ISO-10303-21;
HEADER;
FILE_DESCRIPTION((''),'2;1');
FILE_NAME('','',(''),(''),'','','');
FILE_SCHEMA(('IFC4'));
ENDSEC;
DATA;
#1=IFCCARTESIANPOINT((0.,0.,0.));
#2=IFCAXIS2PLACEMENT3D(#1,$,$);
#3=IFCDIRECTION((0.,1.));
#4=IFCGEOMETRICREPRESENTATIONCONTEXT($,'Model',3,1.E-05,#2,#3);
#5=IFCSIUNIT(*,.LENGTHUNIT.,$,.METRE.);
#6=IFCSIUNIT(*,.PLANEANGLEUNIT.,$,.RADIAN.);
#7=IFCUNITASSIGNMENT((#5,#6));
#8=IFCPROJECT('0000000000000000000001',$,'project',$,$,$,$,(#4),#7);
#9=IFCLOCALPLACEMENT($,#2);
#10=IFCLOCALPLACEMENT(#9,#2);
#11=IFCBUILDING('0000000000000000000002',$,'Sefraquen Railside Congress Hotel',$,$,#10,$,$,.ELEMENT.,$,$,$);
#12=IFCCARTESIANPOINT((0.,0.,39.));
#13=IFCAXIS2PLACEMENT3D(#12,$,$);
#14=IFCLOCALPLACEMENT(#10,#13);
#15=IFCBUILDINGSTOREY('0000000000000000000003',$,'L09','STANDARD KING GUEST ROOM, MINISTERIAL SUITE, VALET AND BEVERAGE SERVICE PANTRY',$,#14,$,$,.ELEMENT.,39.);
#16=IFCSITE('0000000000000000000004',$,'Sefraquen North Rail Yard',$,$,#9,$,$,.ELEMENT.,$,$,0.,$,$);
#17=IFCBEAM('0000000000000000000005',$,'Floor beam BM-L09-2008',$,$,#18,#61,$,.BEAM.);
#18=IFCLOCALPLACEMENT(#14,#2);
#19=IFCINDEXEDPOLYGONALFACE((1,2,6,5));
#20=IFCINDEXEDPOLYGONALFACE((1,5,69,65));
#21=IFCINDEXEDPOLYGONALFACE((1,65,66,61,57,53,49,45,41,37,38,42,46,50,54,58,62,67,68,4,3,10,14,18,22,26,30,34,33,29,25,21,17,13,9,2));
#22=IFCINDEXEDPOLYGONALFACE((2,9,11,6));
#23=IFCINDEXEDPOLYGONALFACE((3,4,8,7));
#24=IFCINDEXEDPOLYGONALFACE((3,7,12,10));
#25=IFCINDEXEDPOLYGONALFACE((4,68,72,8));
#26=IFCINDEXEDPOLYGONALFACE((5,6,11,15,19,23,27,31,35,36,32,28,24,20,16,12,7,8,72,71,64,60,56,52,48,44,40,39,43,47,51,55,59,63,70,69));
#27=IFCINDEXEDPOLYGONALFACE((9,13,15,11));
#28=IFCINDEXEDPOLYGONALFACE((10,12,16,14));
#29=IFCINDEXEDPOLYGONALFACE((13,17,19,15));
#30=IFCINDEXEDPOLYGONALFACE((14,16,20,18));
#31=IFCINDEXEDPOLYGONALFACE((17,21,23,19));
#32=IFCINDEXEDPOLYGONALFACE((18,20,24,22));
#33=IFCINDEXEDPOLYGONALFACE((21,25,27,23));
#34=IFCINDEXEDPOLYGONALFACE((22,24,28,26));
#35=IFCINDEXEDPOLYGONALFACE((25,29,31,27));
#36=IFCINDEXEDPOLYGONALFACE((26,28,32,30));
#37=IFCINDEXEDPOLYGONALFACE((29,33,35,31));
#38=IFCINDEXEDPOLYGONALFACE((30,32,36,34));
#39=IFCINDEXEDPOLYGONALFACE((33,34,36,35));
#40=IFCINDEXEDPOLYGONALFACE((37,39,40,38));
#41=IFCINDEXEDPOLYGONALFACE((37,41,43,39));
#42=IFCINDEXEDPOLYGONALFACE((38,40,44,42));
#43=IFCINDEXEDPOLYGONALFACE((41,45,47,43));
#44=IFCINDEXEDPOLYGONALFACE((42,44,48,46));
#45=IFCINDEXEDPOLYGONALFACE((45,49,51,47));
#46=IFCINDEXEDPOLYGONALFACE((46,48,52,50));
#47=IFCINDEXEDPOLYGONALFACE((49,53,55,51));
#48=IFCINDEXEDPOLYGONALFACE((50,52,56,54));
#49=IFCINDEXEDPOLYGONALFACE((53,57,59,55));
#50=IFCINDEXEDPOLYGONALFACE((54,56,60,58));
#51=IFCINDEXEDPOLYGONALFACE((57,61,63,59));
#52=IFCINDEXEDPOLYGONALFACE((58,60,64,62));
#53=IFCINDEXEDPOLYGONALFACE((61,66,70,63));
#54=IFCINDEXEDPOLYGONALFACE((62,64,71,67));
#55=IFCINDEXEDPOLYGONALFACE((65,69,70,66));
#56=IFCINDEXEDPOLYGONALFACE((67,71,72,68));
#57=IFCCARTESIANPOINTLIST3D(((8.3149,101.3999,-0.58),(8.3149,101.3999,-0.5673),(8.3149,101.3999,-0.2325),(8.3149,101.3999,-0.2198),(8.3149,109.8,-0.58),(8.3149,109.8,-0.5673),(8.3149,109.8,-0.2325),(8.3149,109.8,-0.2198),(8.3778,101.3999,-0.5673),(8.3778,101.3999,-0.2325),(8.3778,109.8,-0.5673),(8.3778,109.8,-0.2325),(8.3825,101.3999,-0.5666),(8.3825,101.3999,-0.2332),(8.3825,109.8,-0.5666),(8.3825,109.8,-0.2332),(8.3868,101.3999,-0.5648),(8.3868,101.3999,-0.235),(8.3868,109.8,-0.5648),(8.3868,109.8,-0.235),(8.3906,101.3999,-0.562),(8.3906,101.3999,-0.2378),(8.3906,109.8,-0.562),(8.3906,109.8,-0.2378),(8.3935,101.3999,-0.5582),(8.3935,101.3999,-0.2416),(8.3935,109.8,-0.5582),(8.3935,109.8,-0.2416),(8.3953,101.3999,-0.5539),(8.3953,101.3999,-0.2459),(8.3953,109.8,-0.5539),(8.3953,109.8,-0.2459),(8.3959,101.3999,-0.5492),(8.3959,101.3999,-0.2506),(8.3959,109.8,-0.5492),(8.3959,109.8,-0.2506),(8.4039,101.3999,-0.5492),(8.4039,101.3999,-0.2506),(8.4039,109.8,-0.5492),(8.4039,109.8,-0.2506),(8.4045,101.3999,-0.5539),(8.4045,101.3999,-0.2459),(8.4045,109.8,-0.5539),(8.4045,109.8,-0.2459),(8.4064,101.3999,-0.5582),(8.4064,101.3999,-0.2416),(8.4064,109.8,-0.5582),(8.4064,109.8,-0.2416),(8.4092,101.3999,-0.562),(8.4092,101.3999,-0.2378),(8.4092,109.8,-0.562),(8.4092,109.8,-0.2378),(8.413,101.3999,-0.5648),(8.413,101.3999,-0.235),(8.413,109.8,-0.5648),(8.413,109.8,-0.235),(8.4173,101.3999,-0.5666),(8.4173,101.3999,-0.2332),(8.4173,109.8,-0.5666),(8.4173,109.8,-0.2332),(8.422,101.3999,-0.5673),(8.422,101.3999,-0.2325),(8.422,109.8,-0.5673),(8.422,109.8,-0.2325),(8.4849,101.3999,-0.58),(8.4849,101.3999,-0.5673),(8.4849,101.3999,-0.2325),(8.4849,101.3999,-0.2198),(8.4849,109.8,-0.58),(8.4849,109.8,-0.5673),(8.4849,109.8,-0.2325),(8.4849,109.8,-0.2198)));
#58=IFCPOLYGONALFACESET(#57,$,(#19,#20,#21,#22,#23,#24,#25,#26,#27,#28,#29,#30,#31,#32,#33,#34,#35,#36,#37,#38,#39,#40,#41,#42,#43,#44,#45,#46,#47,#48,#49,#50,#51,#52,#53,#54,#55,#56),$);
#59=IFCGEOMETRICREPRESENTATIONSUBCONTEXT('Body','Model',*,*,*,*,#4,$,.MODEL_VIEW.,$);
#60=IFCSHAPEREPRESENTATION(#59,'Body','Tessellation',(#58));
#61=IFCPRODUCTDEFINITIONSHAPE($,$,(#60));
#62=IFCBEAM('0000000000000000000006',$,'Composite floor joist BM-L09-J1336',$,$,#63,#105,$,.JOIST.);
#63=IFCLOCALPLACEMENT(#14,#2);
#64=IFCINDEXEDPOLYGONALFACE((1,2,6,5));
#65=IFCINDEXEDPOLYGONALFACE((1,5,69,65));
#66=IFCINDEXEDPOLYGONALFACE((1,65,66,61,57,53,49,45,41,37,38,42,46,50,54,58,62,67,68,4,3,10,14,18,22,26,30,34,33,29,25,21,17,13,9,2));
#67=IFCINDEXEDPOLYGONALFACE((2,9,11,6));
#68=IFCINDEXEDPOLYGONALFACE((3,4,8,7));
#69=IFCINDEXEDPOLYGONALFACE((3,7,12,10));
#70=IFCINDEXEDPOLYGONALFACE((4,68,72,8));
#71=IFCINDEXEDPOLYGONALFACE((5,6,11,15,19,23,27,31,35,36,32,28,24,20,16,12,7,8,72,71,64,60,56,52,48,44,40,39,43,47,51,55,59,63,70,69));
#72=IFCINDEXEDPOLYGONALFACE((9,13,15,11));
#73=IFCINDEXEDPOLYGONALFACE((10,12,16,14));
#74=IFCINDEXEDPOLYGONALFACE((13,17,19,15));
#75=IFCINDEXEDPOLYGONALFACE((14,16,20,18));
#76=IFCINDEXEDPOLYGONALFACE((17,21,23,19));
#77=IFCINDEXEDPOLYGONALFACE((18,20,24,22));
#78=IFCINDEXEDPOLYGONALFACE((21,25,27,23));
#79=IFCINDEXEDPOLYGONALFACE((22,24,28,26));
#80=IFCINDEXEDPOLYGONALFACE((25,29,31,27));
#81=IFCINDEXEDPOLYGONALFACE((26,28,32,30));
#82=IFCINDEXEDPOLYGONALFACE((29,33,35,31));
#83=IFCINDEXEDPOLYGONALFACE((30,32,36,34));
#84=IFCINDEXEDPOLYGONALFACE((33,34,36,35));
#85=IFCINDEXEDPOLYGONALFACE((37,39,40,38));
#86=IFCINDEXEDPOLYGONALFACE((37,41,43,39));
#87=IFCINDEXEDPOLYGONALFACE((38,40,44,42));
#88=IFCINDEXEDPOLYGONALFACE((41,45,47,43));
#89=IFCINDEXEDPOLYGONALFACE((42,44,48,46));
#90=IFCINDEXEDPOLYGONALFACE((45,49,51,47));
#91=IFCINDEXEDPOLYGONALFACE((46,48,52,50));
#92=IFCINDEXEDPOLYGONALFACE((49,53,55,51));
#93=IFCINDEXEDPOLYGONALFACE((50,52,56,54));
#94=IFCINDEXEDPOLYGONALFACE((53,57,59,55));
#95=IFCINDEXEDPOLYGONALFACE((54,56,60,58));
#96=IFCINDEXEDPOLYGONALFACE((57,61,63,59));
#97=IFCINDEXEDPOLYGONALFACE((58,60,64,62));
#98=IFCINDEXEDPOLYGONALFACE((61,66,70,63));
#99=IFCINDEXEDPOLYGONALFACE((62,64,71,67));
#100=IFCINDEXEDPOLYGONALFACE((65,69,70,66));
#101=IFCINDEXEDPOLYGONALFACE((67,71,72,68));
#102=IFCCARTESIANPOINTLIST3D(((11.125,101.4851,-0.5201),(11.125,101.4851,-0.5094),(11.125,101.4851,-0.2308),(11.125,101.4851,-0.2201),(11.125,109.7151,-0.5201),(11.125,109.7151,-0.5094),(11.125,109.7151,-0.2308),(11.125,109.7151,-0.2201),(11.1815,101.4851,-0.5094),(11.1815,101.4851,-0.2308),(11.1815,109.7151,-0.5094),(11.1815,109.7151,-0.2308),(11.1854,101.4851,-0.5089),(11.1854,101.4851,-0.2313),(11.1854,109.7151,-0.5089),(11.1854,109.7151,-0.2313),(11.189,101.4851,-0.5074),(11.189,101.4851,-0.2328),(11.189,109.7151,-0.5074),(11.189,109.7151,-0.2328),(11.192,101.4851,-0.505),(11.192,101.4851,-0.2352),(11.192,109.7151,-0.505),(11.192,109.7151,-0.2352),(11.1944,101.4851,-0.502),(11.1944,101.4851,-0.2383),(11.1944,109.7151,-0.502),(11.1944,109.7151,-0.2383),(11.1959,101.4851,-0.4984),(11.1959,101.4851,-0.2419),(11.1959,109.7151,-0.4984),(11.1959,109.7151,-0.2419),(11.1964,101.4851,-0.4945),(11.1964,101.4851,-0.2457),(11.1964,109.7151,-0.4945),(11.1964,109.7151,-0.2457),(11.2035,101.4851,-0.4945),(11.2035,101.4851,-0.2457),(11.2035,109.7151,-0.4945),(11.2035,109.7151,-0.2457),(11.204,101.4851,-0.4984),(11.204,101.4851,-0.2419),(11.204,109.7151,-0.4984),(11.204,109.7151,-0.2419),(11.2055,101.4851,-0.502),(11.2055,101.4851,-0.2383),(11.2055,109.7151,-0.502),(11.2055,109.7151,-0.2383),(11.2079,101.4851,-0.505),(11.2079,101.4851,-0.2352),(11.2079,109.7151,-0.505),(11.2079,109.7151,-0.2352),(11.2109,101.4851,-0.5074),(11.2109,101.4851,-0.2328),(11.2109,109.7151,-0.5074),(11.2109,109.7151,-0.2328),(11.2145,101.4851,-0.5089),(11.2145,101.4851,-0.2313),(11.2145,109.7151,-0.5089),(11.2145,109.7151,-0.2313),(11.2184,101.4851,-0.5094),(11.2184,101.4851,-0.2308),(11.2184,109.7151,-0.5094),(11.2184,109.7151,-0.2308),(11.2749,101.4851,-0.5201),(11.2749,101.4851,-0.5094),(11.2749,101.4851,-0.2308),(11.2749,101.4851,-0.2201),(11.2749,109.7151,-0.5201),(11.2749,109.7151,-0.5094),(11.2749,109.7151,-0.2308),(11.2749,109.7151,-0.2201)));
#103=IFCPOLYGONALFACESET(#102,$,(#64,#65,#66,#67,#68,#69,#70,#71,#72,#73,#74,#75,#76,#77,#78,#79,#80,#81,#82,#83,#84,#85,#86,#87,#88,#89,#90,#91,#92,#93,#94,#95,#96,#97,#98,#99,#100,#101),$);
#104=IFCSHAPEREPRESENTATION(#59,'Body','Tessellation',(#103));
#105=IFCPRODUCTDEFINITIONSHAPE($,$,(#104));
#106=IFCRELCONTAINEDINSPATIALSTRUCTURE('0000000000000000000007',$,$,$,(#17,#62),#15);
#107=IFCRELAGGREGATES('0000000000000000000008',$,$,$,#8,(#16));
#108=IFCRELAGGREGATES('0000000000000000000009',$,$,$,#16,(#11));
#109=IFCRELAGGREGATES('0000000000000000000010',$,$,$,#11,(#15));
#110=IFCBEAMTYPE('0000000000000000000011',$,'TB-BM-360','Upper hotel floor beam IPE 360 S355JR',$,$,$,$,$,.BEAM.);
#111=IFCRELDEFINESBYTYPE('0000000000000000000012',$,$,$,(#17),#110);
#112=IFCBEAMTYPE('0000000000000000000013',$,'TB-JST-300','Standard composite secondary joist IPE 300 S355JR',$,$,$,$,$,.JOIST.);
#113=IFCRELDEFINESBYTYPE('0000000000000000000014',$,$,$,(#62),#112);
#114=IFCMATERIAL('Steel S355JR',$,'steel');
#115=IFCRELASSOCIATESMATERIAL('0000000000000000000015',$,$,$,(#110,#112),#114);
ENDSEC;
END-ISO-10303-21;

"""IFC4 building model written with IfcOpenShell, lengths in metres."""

from ifc_helpers import new_model, si_unit, direction, frame, origin, origin_2d, place, context, subcontext, project, spatial, i_section, extrude, material, material_profile, profile_set, type_object, element, save


model = new_model("IFC4")

# Units and contexts
model_context = context("Model", 3, precision=1e-05, world=origin(), true_north=direction((0.0, 1.0)))
body_context = subcontext(model_context, "Body", "Model", "MODEL_VIEW")
ifc_project = project(units=[si_unit("LENGTHUNIT", "METRE"), si_unit("PLANEANGLEUNIT", "RADIAN")], contexts=[model_context])

# Site, building, storey
site_placement = place(None, origin())
site = spatial("IfcSite", under=ifc_project, at=site_placement, Name="Sefraquen North Rail Yard", CompositionType="ELEMENT", RefElevation=0.0)
building_placement = place(site_placement, origin())
building = spatial("IfcBuilding", under=site, at=building_placement, Name="Sefraquen Railside Congress Hotel", CompositionType="ELEMENT")
storey_placement = place(building_placement, frame((0.0, 0.0, 39.0)))
storey = spatial("IfcBuildingStorey", under=building, at=storey_placement, Name="L09", Description="STANDARD KING GUEST ROOM, MINISTERIAL SUITE, VALET AND BEVERAGE SERVICE PANTRY", CompositionType="ELEMENT", Elevation=39.0)

# Beams
ifc_material = material(Name="Steel S355JR", Category="steel")
ifc_material_profile_1 = material_profile(ifc_material, i_section(OverallWidth=0.1699, OverallDepth=0.3601, WebThickness=0.0081, FlangeThickness=0.0127, FilletRadius=0.0181, at=origin_2d()), Name="IPE 360")
ifc_profile_set_1 = profile_set([ifc_material_profile_1], Name="Steel S355JR")
beam_type_1 = type_object("IfcBeamType", Name="TB-BM-360", Description="Upper hotel floor beam IPE 360 S355JR", PredefinedType="BEAM", material=ifc_profile_set_1)
beam_1_placement = place(storey_placement, frame((8.3999, 101.3999, -0.3999), z_axis=(0.0, 1.0, 0.0), x_axis=(-1.0, 0.0, 0.0)))
element("IfcBeam", 1, at=beam_1_placement, inside=storey, type_object=beam_type_1, Name="Floor beam BM-L09-2008", PredefinedType="BEAM", context=body_context, shape_type="SweptSolid", body=[
    extrude(i_section(OverallWidth=0.1699, OverallDepth=0.3601, WebThickness=0.0081, FlangeThickness=0.0127, FilletRadius=0.0181, at=origin_2d()), origin(), (0.0, 0.0, 1.0), 8.4001),
])
ifc_material_profile_2 = material_profile(ifc_material, i_section(OverallWidth=0.1499, OverallDepth=0.3, WebThickness=0.0071, FlangeThickness=0.0107, FilletRadius=0.0149, at=origin_2d()), Name="IPE 300")
ifc_profile_set_2 = profile_set([ifc_material_profile_2], Name="Steel S355JR")
beam_type_2 = type_object("IfcBeamType", Name="TB-JST-300", Description="Standard composite secondary joist IPE 300 S355JR", PredefinedType="JOIST", material=ifc_profile_set_2)
beam_2_placement = place(storey_placement, frame((11.2, 101.4851, -0.3701), z_axis=(0.0, 1.0, 0.0), x_axis=(-1.0, 0.0, 0.0)))
element("IfcBeam", 2, at=beam_2_placement, inside=storey, type_object=beam_type_2, Name="Composite floor joist BM-L09-J1336", PredefinedType="JOIST", context=body_context, shape_type="SweptSolid", body=[
    extrude(i_section(OverallWidth=0.1499, OverallDepth=0.3, WebThickness=0.0071, FlangeThickness=0.0107, FilletRadius=0.0149, at=origin_2d()), origin(), (0.0, 0.0, 1.0), 8.23),
])

save(model, "model.ifc")
